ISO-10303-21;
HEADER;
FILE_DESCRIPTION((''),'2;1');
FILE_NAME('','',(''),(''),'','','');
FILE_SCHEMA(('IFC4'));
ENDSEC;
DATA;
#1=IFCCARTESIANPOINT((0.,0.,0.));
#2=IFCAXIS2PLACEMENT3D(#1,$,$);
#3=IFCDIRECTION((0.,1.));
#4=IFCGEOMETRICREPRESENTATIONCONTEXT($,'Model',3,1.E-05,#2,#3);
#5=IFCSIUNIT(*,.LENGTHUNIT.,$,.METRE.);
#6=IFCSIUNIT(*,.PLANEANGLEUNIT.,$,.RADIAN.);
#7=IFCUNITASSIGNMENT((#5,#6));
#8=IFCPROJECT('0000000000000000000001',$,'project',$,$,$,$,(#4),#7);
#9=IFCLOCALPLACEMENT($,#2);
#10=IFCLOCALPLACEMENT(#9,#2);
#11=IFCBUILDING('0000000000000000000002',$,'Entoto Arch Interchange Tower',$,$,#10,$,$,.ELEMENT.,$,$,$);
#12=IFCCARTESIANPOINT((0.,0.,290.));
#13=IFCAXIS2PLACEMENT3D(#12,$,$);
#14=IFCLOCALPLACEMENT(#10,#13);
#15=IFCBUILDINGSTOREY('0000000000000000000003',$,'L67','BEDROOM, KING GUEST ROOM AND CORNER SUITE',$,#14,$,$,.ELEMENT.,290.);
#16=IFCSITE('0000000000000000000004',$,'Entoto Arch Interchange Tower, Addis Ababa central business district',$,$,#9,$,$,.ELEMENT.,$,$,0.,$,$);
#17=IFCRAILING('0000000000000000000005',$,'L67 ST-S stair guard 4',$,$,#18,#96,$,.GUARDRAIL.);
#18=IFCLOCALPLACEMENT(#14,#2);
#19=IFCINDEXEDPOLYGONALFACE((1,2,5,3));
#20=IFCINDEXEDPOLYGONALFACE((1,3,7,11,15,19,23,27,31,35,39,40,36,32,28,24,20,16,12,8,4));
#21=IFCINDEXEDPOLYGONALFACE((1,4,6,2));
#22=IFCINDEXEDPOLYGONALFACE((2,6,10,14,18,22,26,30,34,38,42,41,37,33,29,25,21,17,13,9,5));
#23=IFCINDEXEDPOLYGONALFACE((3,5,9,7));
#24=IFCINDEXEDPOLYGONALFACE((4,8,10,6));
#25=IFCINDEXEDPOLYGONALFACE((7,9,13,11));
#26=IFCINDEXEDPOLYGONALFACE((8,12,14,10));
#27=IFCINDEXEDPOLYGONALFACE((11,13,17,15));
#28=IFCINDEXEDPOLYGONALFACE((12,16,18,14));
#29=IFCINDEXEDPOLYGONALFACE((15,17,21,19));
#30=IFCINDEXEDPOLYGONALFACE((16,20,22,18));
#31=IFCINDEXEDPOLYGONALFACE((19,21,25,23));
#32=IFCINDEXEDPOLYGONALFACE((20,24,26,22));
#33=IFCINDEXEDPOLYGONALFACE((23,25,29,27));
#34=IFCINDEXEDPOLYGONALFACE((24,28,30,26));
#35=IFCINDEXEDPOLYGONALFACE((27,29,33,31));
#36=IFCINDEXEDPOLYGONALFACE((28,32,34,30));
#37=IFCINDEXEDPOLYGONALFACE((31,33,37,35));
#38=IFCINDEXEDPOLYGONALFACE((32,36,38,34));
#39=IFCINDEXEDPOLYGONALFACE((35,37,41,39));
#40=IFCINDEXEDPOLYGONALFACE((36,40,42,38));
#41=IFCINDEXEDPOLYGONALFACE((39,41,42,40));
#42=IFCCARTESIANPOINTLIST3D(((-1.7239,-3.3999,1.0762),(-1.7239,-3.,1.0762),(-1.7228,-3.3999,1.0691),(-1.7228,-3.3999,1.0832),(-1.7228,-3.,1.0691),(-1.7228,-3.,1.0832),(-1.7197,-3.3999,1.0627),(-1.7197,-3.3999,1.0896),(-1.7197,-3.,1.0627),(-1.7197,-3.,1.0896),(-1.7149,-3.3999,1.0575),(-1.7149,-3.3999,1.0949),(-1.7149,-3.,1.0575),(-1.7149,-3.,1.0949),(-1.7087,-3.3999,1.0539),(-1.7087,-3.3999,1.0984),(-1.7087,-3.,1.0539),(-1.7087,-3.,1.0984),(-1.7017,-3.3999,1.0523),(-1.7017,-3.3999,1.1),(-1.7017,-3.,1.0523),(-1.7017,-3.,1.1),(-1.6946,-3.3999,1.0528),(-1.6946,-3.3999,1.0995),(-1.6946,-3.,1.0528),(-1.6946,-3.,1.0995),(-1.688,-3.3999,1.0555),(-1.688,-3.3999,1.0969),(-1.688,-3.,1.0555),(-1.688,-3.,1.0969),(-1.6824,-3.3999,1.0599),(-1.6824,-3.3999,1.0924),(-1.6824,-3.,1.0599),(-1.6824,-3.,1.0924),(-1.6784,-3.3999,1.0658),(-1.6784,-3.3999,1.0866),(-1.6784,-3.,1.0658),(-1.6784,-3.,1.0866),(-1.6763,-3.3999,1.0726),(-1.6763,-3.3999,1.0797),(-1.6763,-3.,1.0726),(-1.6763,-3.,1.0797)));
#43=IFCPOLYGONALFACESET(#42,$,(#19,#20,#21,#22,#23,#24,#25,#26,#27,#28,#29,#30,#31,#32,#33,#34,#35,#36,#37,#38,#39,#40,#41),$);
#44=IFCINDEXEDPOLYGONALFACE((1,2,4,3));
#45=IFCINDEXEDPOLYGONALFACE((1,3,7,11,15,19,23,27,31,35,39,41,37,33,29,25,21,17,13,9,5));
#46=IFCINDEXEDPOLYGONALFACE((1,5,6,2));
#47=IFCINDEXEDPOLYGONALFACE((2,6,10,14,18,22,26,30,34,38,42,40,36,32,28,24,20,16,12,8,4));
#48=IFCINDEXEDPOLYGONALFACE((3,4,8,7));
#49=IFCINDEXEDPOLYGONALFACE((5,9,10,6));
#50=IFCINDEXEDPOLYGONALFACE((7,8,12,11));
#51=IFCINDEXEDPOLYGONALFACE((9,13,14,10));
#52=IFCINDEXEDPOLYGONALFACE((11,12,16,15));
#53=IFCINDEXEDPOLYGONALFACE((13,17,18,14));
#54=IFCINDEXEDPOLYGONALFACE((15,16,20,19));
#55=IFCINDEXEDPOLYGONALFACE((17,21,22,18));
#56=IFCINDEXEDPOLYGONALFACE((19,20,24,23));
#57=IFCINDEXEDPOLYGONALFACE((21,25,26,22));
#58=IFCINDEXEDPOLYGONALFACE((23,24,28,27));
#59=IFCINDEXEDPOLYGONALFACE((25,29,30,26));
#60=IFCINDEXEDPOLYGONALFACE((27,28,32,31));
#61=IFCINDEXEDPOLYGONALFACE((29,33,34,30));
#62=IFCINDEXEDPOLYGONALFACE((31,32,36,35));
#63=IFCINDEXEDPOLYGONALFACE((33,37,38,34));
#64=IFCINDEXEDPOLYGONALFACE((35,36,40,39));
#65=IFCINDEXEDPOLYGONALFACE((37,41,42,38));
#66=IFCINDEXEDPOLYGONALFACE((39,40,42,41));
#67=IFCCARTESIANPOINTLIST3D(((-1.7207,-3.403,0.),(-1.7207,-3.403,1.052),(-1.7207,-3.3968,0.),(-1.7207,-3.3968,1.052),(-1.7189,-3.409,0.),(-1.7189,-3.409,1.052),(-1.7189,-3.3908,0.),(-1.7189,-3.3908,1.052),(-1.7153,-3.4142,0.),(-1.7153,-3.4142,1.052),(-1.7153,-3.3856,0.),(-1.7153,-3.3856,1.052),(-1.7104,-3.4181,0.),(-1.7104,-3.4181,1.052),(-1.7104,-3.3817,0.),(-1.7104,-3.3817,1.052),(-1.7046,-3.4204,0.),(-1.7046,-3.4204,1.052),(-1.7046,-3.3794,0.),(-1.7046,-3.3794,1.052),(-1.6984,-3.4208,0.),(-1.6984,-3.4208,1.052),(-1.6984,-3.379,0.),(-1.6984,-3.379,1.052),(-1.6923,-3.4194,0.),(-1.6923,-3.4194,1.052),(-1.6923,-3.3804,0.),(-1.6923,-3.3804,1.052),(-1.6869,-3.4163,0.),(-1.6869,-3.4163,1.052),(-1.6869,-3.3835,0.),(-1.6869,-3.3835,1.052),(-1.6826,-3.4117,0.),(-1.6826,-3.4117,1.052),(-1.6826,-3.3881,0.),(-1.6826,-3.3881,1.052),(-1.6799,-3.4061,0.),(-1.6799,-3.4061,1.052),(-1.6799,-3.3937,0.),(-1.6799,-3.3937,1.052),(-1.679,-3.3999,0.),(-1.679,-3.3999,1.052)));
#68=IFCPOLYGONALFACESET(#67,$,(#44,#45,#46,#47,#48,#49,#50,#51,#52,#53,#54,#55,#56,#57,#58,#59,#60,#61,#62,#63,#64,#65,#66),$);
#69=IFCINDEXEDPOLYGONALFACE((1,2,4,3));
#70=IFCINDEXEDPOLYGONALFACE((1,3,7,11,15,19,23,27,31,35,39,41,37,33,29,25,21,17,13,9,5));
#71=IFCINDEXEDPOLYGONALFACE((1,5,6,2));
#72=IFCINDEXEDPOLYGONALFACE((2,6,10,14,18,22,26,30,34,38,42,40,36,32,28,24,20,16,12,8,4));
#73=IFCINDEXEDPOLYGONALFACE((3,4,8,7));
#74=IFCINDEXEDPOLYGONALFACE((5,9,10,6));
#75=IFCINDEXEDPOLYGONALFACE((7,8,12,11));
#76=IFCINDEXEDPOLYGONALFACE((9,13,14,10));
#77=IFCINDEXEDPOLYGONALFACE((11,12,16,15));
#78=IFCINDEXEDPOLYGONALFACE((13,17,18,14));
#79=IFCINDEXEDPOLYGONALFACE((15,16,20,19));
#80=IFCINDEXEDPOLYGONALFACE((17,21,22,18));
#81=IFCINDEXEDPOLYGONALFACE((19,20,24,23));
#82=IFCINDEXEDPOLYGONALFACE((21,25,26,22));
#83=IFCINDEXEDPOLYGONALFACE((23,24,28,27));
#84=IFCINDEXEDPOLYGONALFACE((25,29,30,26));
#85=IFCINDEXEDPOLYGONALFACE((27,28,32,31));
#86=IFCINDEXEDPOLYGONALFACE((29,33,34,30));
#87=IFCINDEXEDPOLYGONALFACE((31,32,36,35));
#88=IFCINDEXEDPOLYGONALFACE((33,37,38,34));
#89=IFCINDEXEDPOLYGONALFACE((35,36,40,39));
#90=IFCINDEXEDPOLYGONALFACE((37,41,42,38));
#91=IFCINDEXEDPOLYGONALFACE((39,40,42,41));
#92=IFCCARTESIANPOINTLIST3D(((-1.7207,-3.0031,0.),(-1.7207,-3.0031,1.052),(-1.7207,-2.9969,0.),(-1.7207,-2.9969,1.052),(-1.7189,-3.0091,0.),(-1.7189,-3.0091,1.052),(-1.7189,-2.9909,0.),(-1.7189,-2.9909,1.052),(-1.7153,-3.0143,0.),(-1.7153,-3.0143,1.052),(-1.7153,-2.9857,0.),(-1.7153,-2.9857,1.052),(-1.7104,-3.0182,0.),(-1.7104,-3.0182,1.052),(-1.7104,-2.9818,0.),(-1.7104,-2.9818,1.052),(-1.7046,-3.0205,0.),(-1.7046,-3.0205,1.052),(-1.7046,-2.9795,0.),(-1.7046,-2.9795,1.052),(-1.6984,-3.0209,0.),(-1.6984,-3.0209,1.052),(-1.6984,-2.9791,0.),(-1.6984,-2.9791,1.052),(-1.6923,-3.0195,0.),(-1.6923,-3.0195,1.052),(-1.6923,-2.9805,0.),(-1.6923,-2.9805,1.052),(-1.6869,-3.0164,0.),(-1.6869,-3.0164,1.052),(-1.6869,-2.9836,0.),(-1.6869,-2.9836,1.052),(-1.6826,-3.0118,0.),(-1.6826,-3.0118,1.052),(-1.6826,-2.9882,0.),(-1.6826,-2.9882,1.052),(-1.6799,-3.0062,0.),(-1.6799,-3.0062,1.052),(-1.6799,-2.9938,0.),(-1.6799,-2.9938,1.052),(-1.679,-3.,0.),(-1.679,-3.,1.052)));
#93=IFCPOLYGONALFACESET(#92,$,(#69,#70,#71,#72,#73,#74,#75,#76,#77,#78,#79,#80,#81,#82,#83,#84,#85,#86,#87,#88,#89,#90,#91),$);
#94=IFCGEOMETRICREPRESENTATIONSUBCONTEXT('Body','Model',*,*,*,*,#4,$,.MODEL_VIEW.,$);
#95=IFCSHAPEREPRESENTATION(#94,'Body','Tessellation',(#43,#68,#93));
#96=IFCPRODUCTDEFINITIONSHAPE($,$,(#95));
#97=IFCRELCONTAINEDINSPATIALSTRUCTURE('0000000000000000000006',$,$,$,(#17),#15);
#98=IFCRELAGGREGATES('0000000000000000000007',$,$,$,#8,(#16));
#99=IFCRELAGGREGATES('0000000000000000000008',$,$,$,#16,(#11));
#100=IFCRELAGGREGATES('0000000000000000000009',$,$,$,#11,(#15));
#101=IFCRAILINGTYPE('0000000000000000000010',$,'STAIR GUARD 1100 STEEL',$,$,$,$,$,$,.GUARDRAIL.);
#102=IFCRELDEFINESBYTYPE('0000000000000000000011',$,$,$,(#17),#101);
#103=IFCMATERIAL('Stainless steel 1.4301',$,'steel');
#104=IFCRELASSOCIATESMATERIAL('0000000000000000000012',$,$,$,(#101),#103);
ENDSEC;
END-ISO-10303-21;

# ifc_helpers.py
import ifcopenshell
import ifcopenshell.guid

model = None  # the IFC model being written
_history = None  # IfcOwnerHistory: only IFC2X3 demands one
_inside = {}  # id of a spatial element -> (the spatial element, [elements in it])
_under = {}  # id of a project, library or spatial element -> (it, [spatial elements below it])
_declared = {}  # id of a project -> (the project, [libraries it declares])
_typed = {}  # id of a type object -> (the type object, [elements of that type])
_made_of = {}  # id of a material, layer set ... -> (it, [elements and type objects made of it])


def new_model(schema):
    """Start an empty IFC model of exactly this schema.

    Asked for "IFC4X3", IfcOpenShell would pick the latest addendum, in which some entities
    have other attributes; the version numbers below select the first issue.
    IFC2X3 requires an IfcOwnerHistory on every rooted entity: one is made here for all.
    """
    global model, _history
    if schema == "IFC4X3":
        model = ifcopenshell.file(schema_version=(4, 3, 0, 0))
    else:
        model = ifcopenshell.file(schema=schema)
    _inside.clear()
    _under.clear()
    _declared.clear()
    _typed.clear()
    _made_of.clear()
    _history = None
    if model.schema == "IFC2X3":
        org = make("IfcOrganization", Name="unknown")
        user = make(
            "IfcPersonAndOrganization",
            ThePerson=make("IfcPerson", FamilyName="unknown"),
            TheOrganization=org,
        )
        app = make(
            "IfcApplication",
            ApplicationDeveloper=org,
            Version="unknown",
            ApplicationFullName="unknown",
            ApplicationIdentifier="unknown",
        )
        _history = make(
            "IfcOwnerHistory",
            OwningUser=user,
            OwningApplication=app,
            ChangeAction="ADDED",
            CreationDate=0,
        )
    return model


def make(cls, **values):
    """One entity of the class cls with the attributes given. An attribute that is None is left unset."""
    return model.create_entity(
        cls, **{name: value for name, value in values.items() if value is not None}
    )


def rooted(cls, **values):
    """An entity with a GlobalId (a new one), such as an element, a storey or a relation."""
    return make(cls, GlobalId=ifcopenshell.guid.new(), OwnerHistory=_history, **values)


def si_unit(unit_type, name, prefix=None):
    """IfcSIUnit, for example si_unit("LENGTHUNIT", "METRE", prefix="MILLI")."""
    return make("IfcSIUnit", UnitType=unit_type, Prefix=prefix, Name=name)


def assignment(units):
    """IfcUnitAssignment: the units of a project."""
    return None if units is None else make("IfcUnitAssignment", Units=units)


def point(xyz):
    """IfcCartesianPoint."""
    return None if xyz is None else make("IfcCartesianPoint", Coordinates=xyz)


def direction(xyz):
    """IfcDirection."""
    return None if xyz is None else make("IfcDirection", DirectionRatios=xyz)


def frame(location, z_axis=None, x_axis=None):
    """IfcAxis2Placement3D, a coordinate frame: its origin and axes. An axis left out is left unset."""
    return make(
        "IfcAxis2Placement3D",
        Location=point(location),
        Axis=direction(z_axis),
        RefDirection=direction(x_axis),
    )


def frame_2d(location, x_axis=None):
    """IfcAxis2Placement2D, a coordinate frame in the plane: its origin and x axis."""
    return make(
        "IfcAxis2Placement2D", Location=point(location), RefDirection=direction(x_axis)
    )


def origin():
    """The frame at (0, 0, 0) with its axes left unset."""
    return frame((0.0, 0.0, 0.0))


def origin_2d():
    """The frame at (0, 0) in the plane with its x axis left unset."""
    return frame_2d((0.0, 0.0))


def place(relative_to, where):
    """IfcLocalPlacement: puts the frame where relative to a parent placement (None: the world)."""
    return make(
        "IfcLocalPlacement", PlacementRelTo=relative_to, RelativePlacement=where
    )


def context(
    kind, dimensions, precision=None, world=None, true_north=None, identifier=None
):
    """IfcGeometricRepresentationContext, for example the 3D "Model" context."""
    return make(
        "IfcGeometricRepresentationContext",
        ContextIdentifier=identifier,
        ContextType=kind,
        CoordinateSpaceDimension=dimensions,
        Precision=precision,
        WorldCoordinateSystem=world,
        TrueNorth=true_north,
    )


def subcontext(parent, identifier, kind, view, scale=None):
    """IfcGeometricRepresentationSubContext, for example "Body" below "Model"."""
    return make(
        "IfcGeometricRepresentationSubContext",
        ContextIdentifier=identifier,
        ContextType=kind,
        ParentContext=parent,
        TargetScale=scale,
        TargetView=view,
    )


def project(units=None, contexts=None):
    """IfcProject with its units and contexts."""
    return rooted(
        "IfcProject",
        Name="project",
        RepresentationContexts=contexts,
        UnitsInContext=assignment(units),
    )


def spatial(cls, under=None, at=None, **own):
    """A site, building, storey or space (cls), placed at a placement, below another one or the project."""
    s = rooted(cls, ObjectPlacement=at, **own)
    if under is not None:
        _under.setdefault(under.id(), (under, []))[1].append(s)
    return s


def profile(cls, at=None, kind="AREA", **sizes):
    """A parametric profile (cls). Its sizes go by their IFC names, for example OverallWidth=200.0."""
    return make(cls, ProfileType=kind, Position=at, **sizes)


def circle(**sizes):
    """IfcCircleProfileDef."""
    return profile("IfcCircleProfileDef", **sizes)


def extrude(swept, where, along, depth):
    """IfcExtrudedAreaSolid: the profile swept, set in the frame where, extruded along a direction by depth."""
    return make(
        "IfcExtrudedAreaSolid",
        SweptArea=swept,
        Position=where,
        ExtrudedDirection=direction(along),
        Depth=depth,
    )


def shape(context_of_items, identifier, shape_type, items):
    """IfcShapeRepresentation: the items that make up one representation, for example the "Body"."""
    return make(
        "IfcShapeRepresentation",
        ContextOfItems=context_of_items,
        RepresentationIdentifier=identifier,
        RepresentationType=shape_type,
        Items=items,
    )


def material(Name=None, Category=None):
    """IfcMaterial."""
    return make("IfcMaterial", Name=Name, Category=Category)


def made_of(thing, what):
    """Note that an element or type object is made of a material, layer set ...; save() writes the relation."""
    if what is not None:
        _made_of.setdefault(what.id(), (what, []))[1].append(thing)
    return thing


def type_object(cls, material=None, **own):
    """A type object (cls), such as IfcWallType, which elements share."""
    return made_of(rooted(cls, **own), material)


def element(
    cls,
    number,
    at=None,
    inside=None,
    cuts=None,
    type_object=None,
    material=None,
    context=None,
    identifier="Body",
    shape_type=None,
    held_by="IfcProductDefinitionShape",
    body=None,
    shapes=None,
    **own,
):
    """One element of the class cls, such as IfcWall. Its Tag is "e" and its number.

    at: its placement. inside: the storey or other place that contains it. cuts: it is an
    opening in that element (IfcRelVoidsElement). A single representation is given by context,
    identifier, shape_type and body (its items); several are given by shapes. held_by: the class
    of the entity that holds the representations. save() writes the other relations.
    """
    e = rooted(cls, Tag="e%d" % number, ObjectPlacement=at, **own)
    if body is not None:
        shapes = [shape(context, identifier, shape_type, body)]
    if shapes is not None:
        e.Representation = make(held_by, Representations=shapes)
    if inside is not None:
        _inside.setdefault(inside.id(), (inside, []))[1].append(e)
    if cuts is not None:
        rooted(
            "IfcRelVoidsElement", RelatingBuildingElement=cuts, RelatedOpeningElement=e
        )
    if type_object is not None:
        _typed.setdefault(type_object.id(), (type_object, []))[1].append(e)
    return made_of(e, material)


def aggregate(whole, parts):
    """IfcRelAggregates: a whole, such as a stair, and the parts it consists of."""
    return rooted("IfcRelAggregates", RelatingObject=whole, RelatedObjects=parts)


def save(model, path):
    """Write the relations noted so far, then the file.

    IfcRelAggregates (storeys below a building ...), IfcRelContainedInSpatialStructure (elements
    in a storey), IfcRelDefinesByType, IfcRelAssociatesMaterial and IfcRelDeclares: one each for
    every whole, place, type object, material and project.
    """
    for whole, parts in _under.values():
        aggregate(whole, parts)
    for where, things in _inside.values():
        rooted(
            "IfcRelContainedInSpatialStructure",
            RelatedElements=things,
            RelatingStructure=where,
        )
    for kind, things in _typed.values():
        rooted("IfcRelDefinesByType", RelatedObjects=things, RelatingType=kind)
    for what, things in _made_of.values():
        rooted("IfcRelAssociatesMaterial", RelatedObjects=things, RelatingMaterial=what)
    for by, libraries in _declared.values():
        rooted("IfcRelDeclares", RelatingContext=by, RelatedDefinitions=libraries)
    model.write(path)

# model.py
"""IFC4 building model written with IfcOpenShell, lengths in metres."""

from ifc_helpers import new_model, si_unit, direction, frame, origin, origin_2d, place, context, subcontext, project, spatial, circle, extrude, material, type_object, element, save


model = new_model("IFC4")

# Units and contexts
model_context = context("Model", 3, precision=1e-05, world=origin(), true_north=direction((0.0, 1.0)))
body_context = subcontext(model_context, "Body", "Model", "MODEL_VIEW")
ifc_project = project(units=[si_unit("LENGTHUNIT", "METRE"), si_unit("PLANEANGLEUNIT", "RADIAN")], contexts=[model_context])

# Site, building, storey
site_placement = place(None, origin())
site = spatial("IfcSite", under=ifc_project, at=site_placement, Name="Entoto Arch Interchange Tower, Addis Ababa central business district", CompositionType="ELEMENT", RefElevation=0.0)
building_placement = place(site_placement, origin())
building = spatial("IfcBuilding", under=site, at=building_placement, Name="Entoto Arch Interchange Tower", CompositionType="ELEMENT")
storey_placement = place(building_placement, frame((0.0, 0.0, 290.0)))
storey = spatial("IfcBuildingStorey", under=building, at=storey_placement, Name="L67", Description="BEDROOM, KING GUEST ROOM AND CORNER SUITE", CompositionType="ELEMENT", Elevation=290.0)

# Railing
ifc_material_1 = material(Name="Stainless steel 1.4301", Category="steel")
railing_type_1 = type_object("IfcRailingType", Name="STAIR GUARD 1100 STEEL", PredefinedType="GUARDRAIL", material=ifc_material_1)
railing_1_placement = place(storey_placement, frame((-1.7, -3.3999, 0.0)))
element("IfcRailing", 1, at=railing_1_placement, inside=storey, type_object=railing_type_1, Name="L67 ST-S stair guard 4", PredefinedType="GUARDRAIL", context=body_context, shape_type="SweptSolid", body=[
    extrude(circle(Radius=0.0239, at=origin_2d()), frame((0.0, 0.0, 1.0762), z_axis=(0.0, 1.0, 0.0), x_axis=(-1.0, 0.0, 0.0)), (0.0, 0.0, 1.0), 0.3999),
    extrude(circle(Radius=0.021, at=origin_2d()), origin(), (0.0, 0.0, 1.0), 1.052),
    extrude(circle(Radius=0.021, at=origin_2d()), frame((0.0, 0.3999, 0.0)), (0.0, 0.0, 1.0), 1.052),
])

save(model, "model.ifc")
